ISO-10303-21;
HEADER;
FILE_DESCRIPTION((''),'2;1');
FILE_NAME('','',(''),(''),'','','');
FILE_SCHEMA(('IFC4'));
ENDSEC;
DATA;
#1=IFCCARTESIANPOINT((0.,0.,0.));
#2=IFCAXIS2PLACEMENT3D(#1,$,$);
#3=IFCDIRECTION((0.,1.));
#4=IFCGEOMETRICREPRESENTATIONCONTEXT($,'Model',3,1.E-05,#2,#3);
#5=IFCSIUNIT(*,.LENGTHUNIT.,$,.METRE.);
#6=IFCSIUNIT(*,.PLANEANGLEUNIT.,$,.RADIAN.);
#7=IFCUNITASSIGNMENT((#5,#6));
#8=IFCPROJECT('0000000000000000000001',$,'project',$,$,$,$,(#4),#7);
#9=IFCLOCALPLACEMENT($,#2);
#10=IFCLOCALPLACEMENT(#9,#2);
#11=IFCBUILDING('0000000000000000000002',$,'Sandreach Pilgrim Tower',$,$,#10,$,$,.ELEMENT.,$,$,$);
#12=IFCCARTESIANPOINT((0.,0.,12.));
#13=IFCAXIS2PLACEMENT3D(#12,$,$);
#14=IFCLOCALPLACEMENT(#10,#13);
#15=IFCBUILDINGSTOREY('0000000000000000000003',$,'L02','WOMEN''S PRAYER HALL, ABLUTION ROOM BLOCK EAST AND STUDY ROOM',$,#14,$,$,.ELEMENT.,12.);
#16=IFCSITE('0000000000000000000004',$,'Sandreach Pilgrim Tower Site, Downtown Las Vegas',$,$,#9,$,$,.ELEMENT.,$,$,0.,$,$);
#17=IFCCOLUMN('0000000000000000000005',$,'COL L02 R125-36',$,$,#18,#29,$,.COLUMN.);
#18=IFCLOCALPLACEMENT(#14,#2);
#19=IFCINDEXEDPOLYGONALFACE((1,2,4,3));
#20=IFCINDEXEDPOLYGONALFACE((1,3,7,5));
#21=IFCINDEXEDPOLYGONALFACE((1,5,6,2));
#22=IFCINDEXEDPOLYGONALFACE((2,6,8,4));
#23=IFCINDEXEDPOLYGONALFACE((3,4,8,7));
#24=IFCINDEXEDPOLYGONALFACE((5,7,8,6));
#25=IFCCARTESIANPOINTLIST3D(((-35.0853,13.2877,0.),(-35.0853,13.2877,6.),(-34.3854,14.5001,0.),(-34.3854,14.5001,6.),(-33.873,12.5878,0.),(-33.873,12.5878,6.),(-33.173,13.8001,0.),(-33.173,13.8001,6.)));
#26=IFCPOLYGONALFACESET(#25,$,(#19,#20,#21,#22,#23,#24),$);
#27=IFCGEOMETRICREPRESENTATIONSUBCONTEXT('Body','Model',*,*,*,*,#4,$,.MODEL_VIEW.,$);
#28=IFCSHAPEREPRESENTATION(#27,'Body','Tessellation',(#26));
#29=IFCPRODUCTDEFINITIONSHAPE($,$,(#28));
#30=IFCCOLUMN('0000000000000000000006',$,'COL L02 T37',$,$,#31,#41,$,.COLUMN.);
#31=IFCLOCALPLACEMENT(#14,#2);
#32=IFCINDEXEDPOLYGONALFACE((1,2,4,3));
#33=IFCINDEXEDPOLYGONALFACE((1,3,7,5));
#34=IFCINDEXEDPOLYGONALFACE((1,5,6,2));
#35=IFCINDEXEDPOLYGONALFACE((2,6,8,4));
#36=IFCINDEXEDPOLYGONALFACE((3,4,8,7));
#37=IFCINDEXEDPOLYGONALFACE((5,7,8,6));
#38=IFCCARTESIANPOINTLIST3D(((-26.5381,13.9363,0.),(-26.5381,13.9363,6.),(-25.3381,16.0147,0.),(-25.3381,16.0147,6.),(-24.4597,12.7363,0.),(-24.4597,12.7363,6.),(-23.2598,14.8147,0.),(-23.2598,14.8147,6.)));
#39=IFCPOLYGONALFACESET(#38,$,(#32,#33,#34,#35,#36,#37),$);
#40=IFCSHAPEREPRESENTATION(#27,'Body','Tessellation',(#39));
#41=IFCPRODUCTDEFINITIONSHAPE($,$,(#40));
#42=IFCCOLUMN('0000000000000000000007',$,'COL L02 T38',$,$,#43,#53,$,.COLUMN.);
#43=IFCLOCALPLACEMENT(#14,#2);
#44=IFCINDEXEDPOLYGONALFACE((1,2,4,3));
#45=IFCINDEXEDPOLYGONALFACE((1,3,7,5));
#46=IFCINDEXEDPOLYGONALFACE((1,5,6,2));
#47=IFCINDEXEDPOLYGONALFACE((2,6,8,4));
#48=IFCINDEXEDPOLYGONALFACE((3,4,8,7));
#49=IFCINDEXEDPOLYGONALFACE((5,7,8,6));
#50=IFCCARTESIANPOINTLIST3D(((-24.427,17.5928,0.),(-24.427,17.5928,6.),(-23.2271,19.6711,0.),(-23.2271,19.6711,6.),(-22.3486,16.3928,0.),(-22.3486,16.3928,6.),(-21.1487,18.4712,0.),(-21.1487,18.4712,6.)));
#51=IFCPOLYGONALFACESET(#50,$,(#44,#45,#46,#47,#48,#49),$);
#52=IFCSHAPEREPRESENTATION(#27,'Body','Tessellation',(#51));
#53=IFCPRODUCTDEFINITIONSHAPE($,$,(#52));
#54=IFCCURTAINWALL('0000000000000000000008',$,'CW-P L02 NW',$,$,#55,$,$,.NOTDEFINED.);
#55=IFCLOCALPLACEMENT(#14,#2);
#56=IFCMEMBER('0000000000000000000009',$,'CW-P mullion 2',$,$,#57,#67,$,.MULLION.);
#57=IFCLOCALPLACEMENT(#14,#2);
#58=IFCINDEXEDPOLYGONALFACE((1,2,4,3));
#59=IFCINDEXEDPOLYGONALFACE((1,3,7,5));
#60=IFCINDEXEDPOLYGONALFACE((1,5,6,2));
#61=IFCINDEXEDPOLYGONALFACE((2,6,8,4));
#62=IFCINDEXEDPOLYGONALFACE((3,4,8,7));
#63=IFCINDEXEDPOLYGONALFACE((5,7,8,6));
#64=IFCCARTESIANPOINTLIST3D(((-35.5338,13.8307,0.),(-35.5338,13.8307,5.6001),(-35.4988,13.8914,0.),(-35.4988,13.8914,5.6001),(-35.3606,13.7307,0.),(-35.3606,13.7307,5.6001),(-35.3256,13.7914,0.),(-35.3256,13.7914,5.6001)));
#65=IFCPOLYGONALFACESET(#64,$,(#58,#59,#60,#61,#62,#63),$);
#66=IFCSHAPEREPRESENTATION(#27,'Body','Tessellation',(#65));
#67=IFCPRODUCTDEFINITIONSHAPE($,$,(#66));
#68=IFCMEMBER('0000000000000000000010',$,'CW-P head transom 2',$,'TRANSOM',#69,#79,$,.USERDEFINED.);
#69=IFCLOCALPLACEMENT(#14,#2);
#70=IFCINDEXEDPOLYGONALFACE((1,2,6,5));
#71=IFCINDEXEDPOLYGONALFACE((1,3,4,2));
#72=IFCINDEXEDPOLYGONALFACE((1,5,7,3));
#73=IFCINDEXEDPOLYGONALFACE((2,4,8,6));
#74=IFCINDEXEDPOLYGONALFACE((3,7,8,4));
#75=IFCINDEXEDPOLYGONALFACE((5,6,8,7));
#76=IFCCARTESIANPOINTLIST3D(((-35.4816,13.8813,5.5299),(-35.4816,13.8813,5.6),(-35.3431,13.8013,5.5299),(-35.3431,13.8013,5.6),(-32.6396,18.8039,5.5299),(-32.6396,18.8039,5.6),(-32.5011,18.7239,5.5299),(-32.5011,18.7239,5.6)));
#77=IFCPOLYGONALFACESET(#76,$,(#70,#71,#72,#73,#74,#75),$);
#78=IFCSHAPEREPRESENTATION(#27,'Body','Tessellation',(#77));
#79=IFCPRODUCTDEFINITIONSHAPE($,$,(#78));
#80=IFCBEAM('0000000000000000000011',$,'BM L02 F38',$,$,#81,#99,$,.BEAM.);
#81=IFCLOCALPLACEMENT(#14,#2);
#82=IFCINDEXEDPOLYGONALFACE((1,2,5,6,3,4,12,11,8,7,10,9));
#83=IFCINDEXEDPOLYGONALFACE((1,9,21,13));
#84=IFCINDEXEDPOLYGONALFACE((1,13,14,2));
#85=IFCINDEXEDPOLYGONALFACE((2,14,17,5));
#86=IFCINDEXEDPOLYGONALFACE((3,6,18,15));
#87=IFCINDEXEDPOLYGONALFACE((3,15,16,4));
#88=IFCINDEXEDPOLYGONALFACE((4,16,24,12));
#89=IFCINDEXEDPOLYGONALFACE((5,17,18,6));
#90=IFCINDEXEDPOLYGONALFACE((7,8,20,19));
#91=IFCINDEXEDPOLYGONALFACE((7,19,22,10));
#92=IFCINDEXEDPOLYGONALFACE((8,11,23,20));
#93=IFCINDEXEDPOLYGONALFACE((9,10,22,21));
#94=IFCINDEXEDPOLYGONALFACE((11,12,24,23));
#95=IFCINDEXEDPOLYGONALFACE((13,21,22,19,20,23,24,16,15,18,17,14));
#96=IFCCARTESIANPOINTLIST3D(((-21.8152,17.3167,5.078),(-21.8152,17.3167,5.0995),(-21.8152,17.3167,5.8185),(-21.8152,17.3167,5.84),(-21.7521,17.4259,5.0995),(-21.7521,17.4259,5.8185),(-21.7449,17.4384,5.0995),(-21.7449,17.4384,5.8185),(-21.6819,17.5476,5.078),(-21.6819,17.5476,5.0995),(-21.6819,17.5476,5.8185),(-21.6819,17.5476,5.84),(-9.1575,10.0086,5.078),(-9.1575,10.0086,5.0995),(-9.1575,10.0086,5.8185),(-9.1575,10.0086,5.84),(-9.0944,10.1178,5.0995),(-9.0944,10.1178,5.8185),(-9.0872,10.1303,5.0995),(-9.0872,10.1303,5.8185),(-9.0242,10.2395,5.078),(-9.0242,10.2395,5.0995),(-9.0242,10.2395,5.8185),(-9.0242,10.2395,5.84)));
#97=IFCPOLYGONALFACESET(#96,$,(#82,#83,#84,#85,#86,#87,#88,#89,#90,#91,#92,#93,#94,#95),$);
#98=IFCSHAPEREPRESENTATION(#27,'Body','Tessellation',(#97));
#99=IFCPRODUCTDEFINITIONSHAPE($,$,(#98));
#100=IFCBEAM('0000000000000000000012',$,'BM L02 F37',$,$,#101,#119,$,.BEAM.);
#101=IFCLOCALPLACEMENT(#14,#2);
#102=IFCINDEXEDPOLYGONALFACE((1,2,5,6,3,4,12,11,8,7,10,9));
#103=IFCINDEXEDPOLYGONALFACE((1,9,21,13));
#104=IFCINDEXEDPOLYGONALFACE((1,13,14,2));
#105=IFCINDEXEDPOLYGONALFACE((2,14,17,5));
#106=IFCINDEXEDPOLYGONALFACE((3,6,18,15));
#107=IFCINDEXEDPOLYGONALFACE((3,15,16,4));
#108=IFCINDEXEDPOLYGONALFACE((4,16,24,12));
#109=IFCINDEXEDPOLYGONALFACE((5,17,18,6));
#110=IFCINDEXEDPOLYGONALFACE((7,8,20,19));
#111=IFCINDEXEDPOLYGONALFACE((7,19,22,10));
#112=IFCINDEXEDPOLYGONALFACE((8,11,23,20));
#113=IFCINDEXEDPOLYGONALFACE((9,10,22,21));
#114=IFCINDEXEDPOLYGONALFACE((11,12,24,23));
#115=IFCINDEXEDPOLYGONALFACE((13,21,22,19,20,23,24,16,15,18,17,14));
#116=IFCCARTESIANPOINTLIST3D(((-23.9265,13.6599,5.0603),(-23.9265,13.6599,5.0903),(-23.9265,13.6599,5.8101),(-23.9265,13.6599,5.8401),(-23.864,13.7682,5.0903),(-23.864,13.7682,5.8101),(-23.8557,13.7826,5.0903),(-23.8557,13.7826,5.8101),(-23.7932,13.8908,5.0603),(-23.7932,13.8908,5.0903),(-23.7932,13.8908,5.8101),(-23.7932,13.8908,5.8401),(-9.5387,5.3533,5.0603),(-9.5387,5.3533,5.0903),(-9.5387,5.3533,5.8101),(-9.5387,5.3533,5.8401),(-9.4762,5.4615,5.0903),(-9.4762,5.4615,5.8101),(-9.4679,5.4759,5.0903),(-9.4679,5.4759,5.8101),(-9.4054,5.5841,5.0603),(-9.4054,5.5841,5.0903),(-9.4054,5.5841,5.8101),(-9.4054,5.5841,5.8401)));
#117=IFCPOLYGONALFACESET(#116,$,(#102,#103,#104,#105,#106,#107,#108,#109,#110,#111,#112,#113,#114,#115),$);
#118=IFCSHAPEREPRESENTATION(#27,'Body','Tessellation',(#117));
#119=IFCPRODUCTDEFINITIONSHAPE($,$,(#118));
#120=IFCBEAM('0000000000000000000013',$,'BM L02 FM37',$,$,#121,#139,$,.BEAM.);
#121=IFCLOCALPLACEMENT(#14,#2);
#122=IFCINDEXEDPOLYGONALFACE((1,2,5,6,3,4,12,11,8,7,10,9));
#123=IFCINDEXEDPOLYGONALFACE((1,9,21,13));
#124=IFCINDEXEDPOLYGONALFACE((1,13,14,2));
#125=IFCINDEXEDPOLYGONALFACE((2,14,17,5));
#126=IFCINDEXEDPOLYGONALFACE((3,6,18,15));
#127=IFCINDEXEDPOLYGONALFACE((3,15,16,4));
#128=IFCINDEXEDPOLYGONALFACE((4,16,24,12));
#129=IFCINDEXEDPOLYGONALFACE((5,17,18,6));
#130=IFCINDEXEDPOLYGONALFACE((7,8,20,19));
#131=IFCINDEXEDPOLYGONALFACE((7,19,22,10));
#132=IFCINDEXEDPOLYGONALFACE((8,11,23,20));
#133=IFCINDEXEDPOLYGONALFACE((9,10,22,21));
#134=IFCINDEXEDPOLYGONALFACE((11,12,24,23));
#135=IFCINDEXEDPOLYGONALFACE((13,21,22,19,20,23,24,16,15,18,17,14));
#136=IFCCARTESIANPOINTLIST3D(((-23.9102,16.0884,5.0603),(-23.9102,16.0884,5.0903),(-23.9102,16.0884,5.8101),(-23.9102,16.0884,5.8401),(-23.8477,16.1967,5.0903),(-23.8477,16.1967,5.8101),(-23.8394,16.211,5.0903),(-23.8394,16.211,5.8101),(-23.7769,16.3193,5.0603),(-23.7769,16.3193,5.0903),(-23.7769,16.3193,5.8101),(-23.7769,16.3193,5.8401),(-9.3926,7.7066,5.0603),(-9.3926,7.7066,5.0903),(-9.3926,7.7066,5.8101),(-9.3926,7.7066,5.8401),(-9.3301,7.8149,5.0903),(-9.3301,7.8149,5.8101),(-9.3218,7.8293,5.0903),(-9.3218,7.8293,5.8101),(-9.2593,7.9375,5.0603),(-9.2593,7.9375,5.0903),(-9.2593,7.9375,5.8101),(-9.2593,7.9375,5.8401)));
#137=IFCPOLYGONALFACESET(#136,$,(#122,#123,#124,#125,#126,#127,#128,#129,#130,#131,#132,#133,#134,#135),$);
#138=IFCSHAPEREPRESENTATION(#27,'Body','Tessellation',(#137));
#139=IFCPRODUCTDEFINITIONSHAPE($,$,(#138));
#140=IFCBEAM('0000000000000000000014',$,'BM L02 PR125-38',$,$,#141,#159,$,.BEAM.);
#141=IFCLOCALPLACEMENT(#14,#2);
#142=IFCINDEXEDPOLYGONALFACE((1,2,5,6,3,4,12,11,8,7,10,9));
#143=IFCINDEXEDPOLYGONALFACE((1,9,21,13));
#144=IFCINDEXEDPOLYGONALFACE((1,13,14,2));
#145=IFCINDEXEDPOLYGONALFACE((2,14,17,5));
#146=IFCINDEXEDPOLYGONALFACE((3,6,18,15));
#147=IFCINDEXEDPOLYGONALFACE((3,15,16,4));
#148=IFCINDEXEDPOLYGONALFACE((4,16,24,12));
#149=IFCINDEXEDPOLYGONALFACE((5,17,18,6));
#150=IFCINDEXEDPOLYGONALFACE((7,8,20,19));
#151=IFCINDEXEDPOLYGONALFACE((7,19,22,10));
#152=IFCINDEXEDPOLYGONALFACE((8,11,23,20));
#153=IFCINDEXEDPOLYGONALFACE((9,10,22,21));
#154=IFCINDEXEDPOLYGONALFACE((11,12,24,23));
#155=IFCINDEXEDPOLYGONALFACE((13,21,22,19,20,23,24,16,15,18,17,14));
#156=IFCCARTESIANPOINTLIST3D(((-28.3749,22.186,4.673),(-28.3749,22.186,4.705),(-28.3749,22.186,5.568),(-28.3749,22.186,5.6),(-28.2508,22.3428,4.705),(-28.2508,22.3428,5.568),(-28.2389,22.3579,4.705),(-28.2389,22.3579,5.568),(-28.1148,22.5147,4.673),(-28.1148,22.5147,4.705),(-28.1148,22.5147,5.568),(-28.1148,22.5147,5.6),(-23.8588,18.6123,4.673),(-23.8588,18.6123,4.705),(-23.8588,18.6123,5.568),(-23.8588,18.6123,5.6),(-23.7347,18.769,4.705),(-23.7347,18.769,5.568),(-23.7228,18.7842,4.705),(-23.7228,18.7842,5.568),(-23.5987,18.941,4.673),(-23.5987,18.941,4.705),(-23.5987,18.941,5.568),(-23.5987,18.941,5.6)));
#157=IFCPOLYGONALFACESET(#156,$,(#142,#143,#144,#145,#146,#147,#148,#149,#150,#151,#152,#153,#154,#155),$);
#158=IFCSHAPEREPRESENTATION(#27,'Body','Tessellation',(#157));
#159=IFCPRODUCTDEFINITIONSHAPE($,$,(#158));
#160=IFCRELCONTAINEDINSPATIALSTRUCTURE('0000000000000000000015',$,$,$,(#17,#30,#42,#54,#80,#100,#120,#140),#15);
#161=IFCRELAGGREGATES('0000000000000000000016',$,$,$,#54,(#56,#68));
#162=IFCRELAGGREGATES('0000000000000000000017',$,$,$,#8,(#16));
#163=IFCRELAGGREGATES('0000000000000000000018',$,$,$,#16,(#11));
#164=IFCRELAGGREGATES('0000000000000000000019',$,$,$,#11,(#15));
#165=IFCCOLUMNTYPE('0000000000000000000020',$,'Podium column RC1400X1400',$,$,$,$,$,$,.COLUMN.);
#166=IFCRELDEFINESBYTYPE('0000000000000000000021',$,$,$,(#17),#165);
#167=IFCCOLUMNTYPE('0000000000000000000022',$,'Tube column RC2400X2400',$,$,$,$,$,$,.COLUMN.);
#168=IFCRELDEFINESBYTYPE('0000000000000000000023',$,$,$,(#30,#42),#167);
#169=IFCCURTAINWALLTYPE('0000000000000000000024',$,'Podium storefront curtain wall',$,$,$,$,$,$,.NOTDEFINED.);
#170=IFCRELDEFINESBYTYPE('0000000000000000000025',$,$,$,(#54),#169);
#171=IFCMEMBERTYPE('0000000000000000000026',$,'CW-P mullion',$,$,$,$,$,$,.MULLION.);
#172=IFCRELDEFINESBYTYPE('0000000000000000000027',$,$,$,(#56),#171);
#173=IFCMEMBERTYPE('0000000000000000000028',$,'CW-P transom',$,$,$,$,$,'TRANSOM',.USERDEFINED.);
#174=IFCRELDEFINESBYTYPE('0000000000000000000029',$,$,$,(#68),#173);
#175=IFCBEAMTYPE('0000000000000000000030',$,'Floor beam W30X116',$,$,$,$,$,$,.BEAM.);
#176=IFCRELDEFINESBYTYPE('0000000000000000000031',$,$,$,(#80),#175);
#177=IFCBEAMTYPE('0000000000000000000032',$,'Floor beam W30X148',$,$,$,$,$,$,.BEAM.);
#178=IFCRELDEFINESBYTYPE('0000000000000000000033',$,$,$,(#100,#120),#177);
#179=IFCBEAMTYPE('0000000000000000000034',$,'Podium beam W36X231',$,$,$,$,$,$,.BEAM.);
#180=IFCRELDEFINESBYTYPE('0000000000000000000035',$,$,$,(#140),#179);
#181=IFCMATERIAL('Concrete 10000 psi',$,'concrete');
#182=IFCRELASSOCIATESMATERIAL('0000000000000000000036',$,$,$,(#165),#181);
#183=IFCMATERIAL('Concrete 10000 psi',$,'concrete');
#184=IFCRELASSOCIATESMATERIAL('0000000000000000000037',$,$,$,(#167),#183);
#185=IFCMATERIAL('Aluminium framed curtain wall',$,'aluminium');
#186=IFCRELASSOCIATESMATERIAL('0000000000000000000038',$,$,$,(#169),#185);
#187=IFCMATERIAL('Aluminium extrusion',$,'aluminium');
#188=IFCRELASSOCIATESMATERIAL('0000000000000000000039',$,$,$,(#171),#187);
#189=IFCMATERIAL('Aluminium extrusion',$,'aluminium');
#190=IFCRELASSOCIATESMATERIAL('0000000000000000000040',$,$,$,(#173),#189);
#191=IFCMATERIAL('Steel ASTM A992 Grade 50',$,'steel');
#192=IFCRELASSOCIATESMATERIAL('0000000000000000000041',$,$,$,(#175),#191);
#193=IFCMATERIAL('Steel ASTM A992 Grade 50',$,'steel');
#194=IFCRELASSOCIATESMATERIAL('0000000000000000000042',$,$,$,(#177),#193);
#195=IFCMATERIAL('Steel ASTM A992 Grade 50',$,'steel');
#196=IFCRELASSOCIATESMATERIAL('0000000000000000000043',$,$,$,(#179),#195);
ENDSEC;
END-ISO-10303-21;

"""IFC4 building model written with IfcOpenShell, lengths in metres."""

from ifc_helpers import new_model, si_unit, direction, frame, origin, origin_2d, place, context, subcontext, project, spatial, rectangle, i_section, extrude, material, material_profile, profile_set, type_object, element, aggregate, save


model = new_model("IFC4")

# Units and contexts
model_context = context("Model", 3, precision=1e-05, world=origin(), true_north=direction((0.0, 1.0)))
body_context = subcontext(model_context, "Body", "Model", "MODEL_VIEW")
ifc_project = project(units=[si_unit("LENGTHUNIT", "METRE"), si_unit("PLANEANGLEUNIT", "RADIAN")], contexts=[model_context])

# Site, building, storey
site_placement = place(None, origin())
site = spatial("IfcSite", under=ifc_project, at=site_placement, Name="Sandreach Pilgrim Tower Site, Downtown Las Vegas", CompositionType="ELEMENT", RefElevation=0.0)
building_placement = place(site_placement, origin())
building = spatial("IfcBuilding", under=site, at=building_placement, Name="Sandreach Pilgrim Tower", CompositionType="ELEMENT")
storey_placement = place(building_placement, frame((0.0, 0.0, 12.0)))
storey = spatial("IfcBuildingStorey", under=building, at=storey_placement, Name="L02", Description="WOMEN'S PRAYER HALL, ABLUTION ROOM BLOCK EAST AND STUDY ROOM", CompositionType="ELEMENT", Elevation=12.0)

# Columns
ifc_material_1 = material(Name="Concrete 10000 psi", Category="concrete")
ifc_material_profile_1 = material_profile(ifc_material_1, rectangle(XDim=1.3999, YDim=1.3999, at=origin_2d()), Name="RC1400X1400")
ifc_profile_set_1 = profile_set([ifc_material_profile_1], Name="Concrete 10000 psi")
column_type_1 = type_object("IfcColumnType", Name="Podium column RC1400X1400", PredefinedType="COLUMN", material=ifc_profile_set_1)
column_placement = place(storey_placement, frame((-34.1292, 13.5439, 0.0), z_axis=(0.0, 0.0, 1.0), x_axis=(-0.866025, 0.5, 0.0)))
element("IfcColumn", 1, at=column_placement, inside=storey, type_object=column_type_1, Name="COL L02 R125-36", PredefinedType="COLUMN", context=body_context, shape_type="SweptSolid", body=[
    extrude(rectangle(XDim=1.3999, YDim=1.3999, at=origin_2d()), origin(), (0.0, 0.0, 1.0), 6.0),
])
ifc_material_2 = material(Name="Concrete 10000 psi", Category="concrete")
ifc_material_profile_2 = material_profile(ifc_material_2, rectangle(XDim=2.3999, YDim=2.3999, at=origin_2d()), Name="RC2400X2400")
ifc_profile_set_2 = profile_set([ifc_material_profile_2], Name="Concrete 10000 psi")
column_type_2 = type_object("IfcColumnType", Name="Tube column RC2400X2400", PredefinedType="COLUMN", material=ifc_profile_set_2)
for number, where, z_axis, x_axis, name in (
    (2, (-24.8989, 14.3755, 0.0), (0.0, 0.0, 1.0), (-0.866025, 0.5, 0.0), "COL L02 T37"),
    (3, (-22.7878, 18.032, 0.0), (0.0, 0.0, 1.0), (-0.866025, 0.5, 0.0), "COL L02 T38"),
):
    element("IfcColumn", number, at=place(storey_placement, frame(where, z_axis=z_axis, x_axis=x_axis)), inside=storey, type_object=column_type_2, Name=name, PredefinedType="COLUMN", context=body_context, shape_type="SweptSolid", body=[
        extrude(rectangle(XDim=2.3999, YDim=2.3999, at=origin_2d()), origin(), (0.0, 0.0, 1.0), 6.0),
    ])

# Curtain wall, members
ifc_material_3 = material(Name="Aluminium framed curtain wall", Category="aluminium")
curtain_wall_type = type_object("IfcCurtainWallType", Name="Podium storefront curtain wall", PredefinedType="NOTDEFINED", material=ifc_material_3)
curtain_wall_placement = place(storey_placement, origin())
curtain_wall = element("IfcCurtainWall", 4, at=curtain_wall_placement, inside=storey, type_object=curtain_wall_type, Name="CW-P L02 NW", PredefinedType="NOTDEFINED")
ifc_material_4 = material(Name="Aluminium extrusion", Category="aluminium")
ifc_material_profile_3 = material_profile(ifc_material_4, rectangle(XDim=0.0701, YDim=0.2, at=origin_2d()), Name="CW-PM 70X200")
ifc_profile_set_3 = profile_set([ifc_material_profile_3], Name="Aluminium extrusion")
member_type_1 = type_object("IfcMemberType", Name="CW-P mullion", PredefinedType="MULLION", material=ifc_profile_set_3)
member_1_placement = place(storey_placement, frame((-35.4297, 13.811, 0.0), z_axis=(0.0, 0.0, 1.0), x_axis=(0.5, 0.866025, 0.0)))
member_1 = element("IfcMember", 5, at=member_1_placement, type_object=member_type_1, Name="CW-P mullion 2", PredefinedType="MULLION", context=body_context, shape_type="SweptSolid", body=[
    extrude(rectangle(XDim=0.0701, YDim=0.2, at=origin_2d()), origin(), (0.0, 0.0, 1.0), 5.6001),
])
ifc_material_5 = material(Name="Aluminium extrusion", Category="aluminium")
ifc_material_profile_4 = material_profile(ifc_material_5, rectangle(XDim=0.1599, YDim=0.0701, at=origin_2d()), Name="CW-PT 160X70")
ifc_profile_set_4 = profile_set([ifc_material_profile_4], Name="Aluminium extrusion")
member_type_2 = type_object("IfcMemberType", Name="CW-P transom", ElementType="TRANSOM", PredefinedType="USERDEFINED", material=ifc_profile_set_4)
member_2_placement = place(storey_placement, frame((-35.4124, 13.8413, 5.5649), z_axis=(0.499996, 0.866028, 0.0), x_axis=(-0.866028, 0.499996, 0.0)))
member_2 = element("IfcMember", 6, at=member_2_placement, type_object=member_type_2, Name="CW-P head transom 2", ObjectType="TRANSOM", PredefinedType="USERDEFINED", context=body_context, shape_type="SweptSolid", body=[
    extrude(rectangle(XDim=0.1599, YDim=0.0701, at=origin_2d()), origin(), (0.0, 0.0, 1.0), 5.6841),
])

# Beams
ifc_material_6 = material(Name="Steel ASTM A992 Grade 50", Category="steel")
ifc_material_profile_5 = material_profile(ifc_material_6, i_section(OverallWidth=0.2666, OverallDepth=0.762, WebThickness=0.0144, FlangeThickness=0.0215, at=origin_2d()), Name="W30X116")
ifc_profile_set_5 = profile_set([ifc_material_profile_5], Name="Steel ASTM A992 Grade 50")
beam_type_1 = type_object("IfcBeamType", Name="Floor beam W30X116", PredefinedType="BEAM", material=ifc_profile_set_5)
beam_1_placement = place(storey_placement, frame((-21.7485, 17.4321, 5.459), z_axis=(0.86602, -0.500009, 0.0), x_axis=(0.500009, 0.86602, 0.0)))
element("IfcBeam", 7, at=beam_1_placement, inside=storey, type_object=beam_type_1, Name="BM L02 F38", PredefinedType="BEAM", context=body_context, shape_type="SweptSolid", body=[
    extrude(i_section(OverallWidth=0.2666, OverallDepth=0.762, WebThickness=0.0144, FlangeThickness=0.0215, at=origin_2d()), origin(), (0.0, 0.0, 1.0), 14.616),
])
ifc_material_7 = material(Name="Steel ASTM A992 Grade 50", Category="steel")
ifc_material_profile_6 = material_profile(ifc_material_7, i_section(OverallWidth=0.2666, OverallDepth=0.7798, WebThickness=0.0166, FlangeThickness=0.03, at=origin_2d()), Name="W30X148")
ifc_profile_set_6 = profile_set([ifc_material_profile_6], Name="Steel ASTM A992 Grade 50")
beam_type_2 = type_object("IfcBeamType", Name="Floor beam W30X148", PredefinedType="BEAM", material=ifc_profile_set_6)
beam_2_placement = place(storey_placement, frame((-23.8599, 13.7754, 5.4502), z_axis=(0.866028, -0.499996, 0.0), x_axis=(0.499996, 0.866028, 0.0)))
element("IfcBeam", 8, at=beam_2_placement, inside=storey, type_object=beam_type_2, Name="BM L02 F37", PredefinedType="BEAM", context=body_context, shape_type="SweptSolid", body=[
    extrude(i_section(OverallWidth=0.2666, OverallDepth=0.7798, WebThickness=0.0166, FlangeThickness=0.03, at=origin_2d()), origin(), (0.0, 0.0, 1.0), 16.6135),
])
beam_3_placement = place(storey_placement, frame((-23.8435, 16.2039, 5.4502), z_axis=(0.866023, -0.500005, 0.0), x_axis=(0.500005, 0.866023, 0.0)))
element("IfcBeam", 9, at=beam_3_placement, inside=storey, type_object=beam_type_2, Name="BM L02 FM37", PredefinedType="BEAM", context=body_context, shape_type="SweptSolid", body=[
    extrude(i_section(OverallWidth=0.2666, OverallDepth=0.7798, WebThickness=0.0166, FlangeThickness=0.03, at=origin_2d()), origin(), (0.0, 0.0, 1.0), 16.7634),
])
ifc_material_8 = material(Name="Steel ASTM A992 Grade 50", Category="steel")
ifc_material_profile_7 = material_profile(ifc_material_8, i_section(OverallWidth=0.4192, OverallDepth=0.927, WebThickness=0.0193, FlangeThickness=0.032, at=origin_2d()), Name="W36X231")
ifc_profile_set_7 = profile_set([ifc_material_profile_7], Name="Steel ASTM A992 Grade 50")
beam_type_3 = type_object("IfcBeamType", Name="Podium beam W36X231", PredefinedType="BEAM", material=ifc_profile_set_7)
beam_4_placement = place(storey_placement, frame((-23.7288, 18.7766, 5.1365), z_axis=(-0.784175, 0.62054, 0.0), x_axis=(-0.62054, -0.784175, 0.0)))
element("IfcBeam", 10, at=beam_4_placement, inside=storey, type_object=beam_type_3, Name="BM L02 PR125-38", PredefinedType="BEAM", context=body_context, shape_type="SweptSolid", body=[
    extrude(i_section(OverallWidth=0.4192, OverallDepth=0.927, WebThickness=0.0193, FlangeThickness=0.032, at=origin_2d()), origin(), (0.0, 0.0, 1.0), 5.759),
])

aggregate(curtain_wall, [member_1, member_2])

save(model, "model.ifc")
